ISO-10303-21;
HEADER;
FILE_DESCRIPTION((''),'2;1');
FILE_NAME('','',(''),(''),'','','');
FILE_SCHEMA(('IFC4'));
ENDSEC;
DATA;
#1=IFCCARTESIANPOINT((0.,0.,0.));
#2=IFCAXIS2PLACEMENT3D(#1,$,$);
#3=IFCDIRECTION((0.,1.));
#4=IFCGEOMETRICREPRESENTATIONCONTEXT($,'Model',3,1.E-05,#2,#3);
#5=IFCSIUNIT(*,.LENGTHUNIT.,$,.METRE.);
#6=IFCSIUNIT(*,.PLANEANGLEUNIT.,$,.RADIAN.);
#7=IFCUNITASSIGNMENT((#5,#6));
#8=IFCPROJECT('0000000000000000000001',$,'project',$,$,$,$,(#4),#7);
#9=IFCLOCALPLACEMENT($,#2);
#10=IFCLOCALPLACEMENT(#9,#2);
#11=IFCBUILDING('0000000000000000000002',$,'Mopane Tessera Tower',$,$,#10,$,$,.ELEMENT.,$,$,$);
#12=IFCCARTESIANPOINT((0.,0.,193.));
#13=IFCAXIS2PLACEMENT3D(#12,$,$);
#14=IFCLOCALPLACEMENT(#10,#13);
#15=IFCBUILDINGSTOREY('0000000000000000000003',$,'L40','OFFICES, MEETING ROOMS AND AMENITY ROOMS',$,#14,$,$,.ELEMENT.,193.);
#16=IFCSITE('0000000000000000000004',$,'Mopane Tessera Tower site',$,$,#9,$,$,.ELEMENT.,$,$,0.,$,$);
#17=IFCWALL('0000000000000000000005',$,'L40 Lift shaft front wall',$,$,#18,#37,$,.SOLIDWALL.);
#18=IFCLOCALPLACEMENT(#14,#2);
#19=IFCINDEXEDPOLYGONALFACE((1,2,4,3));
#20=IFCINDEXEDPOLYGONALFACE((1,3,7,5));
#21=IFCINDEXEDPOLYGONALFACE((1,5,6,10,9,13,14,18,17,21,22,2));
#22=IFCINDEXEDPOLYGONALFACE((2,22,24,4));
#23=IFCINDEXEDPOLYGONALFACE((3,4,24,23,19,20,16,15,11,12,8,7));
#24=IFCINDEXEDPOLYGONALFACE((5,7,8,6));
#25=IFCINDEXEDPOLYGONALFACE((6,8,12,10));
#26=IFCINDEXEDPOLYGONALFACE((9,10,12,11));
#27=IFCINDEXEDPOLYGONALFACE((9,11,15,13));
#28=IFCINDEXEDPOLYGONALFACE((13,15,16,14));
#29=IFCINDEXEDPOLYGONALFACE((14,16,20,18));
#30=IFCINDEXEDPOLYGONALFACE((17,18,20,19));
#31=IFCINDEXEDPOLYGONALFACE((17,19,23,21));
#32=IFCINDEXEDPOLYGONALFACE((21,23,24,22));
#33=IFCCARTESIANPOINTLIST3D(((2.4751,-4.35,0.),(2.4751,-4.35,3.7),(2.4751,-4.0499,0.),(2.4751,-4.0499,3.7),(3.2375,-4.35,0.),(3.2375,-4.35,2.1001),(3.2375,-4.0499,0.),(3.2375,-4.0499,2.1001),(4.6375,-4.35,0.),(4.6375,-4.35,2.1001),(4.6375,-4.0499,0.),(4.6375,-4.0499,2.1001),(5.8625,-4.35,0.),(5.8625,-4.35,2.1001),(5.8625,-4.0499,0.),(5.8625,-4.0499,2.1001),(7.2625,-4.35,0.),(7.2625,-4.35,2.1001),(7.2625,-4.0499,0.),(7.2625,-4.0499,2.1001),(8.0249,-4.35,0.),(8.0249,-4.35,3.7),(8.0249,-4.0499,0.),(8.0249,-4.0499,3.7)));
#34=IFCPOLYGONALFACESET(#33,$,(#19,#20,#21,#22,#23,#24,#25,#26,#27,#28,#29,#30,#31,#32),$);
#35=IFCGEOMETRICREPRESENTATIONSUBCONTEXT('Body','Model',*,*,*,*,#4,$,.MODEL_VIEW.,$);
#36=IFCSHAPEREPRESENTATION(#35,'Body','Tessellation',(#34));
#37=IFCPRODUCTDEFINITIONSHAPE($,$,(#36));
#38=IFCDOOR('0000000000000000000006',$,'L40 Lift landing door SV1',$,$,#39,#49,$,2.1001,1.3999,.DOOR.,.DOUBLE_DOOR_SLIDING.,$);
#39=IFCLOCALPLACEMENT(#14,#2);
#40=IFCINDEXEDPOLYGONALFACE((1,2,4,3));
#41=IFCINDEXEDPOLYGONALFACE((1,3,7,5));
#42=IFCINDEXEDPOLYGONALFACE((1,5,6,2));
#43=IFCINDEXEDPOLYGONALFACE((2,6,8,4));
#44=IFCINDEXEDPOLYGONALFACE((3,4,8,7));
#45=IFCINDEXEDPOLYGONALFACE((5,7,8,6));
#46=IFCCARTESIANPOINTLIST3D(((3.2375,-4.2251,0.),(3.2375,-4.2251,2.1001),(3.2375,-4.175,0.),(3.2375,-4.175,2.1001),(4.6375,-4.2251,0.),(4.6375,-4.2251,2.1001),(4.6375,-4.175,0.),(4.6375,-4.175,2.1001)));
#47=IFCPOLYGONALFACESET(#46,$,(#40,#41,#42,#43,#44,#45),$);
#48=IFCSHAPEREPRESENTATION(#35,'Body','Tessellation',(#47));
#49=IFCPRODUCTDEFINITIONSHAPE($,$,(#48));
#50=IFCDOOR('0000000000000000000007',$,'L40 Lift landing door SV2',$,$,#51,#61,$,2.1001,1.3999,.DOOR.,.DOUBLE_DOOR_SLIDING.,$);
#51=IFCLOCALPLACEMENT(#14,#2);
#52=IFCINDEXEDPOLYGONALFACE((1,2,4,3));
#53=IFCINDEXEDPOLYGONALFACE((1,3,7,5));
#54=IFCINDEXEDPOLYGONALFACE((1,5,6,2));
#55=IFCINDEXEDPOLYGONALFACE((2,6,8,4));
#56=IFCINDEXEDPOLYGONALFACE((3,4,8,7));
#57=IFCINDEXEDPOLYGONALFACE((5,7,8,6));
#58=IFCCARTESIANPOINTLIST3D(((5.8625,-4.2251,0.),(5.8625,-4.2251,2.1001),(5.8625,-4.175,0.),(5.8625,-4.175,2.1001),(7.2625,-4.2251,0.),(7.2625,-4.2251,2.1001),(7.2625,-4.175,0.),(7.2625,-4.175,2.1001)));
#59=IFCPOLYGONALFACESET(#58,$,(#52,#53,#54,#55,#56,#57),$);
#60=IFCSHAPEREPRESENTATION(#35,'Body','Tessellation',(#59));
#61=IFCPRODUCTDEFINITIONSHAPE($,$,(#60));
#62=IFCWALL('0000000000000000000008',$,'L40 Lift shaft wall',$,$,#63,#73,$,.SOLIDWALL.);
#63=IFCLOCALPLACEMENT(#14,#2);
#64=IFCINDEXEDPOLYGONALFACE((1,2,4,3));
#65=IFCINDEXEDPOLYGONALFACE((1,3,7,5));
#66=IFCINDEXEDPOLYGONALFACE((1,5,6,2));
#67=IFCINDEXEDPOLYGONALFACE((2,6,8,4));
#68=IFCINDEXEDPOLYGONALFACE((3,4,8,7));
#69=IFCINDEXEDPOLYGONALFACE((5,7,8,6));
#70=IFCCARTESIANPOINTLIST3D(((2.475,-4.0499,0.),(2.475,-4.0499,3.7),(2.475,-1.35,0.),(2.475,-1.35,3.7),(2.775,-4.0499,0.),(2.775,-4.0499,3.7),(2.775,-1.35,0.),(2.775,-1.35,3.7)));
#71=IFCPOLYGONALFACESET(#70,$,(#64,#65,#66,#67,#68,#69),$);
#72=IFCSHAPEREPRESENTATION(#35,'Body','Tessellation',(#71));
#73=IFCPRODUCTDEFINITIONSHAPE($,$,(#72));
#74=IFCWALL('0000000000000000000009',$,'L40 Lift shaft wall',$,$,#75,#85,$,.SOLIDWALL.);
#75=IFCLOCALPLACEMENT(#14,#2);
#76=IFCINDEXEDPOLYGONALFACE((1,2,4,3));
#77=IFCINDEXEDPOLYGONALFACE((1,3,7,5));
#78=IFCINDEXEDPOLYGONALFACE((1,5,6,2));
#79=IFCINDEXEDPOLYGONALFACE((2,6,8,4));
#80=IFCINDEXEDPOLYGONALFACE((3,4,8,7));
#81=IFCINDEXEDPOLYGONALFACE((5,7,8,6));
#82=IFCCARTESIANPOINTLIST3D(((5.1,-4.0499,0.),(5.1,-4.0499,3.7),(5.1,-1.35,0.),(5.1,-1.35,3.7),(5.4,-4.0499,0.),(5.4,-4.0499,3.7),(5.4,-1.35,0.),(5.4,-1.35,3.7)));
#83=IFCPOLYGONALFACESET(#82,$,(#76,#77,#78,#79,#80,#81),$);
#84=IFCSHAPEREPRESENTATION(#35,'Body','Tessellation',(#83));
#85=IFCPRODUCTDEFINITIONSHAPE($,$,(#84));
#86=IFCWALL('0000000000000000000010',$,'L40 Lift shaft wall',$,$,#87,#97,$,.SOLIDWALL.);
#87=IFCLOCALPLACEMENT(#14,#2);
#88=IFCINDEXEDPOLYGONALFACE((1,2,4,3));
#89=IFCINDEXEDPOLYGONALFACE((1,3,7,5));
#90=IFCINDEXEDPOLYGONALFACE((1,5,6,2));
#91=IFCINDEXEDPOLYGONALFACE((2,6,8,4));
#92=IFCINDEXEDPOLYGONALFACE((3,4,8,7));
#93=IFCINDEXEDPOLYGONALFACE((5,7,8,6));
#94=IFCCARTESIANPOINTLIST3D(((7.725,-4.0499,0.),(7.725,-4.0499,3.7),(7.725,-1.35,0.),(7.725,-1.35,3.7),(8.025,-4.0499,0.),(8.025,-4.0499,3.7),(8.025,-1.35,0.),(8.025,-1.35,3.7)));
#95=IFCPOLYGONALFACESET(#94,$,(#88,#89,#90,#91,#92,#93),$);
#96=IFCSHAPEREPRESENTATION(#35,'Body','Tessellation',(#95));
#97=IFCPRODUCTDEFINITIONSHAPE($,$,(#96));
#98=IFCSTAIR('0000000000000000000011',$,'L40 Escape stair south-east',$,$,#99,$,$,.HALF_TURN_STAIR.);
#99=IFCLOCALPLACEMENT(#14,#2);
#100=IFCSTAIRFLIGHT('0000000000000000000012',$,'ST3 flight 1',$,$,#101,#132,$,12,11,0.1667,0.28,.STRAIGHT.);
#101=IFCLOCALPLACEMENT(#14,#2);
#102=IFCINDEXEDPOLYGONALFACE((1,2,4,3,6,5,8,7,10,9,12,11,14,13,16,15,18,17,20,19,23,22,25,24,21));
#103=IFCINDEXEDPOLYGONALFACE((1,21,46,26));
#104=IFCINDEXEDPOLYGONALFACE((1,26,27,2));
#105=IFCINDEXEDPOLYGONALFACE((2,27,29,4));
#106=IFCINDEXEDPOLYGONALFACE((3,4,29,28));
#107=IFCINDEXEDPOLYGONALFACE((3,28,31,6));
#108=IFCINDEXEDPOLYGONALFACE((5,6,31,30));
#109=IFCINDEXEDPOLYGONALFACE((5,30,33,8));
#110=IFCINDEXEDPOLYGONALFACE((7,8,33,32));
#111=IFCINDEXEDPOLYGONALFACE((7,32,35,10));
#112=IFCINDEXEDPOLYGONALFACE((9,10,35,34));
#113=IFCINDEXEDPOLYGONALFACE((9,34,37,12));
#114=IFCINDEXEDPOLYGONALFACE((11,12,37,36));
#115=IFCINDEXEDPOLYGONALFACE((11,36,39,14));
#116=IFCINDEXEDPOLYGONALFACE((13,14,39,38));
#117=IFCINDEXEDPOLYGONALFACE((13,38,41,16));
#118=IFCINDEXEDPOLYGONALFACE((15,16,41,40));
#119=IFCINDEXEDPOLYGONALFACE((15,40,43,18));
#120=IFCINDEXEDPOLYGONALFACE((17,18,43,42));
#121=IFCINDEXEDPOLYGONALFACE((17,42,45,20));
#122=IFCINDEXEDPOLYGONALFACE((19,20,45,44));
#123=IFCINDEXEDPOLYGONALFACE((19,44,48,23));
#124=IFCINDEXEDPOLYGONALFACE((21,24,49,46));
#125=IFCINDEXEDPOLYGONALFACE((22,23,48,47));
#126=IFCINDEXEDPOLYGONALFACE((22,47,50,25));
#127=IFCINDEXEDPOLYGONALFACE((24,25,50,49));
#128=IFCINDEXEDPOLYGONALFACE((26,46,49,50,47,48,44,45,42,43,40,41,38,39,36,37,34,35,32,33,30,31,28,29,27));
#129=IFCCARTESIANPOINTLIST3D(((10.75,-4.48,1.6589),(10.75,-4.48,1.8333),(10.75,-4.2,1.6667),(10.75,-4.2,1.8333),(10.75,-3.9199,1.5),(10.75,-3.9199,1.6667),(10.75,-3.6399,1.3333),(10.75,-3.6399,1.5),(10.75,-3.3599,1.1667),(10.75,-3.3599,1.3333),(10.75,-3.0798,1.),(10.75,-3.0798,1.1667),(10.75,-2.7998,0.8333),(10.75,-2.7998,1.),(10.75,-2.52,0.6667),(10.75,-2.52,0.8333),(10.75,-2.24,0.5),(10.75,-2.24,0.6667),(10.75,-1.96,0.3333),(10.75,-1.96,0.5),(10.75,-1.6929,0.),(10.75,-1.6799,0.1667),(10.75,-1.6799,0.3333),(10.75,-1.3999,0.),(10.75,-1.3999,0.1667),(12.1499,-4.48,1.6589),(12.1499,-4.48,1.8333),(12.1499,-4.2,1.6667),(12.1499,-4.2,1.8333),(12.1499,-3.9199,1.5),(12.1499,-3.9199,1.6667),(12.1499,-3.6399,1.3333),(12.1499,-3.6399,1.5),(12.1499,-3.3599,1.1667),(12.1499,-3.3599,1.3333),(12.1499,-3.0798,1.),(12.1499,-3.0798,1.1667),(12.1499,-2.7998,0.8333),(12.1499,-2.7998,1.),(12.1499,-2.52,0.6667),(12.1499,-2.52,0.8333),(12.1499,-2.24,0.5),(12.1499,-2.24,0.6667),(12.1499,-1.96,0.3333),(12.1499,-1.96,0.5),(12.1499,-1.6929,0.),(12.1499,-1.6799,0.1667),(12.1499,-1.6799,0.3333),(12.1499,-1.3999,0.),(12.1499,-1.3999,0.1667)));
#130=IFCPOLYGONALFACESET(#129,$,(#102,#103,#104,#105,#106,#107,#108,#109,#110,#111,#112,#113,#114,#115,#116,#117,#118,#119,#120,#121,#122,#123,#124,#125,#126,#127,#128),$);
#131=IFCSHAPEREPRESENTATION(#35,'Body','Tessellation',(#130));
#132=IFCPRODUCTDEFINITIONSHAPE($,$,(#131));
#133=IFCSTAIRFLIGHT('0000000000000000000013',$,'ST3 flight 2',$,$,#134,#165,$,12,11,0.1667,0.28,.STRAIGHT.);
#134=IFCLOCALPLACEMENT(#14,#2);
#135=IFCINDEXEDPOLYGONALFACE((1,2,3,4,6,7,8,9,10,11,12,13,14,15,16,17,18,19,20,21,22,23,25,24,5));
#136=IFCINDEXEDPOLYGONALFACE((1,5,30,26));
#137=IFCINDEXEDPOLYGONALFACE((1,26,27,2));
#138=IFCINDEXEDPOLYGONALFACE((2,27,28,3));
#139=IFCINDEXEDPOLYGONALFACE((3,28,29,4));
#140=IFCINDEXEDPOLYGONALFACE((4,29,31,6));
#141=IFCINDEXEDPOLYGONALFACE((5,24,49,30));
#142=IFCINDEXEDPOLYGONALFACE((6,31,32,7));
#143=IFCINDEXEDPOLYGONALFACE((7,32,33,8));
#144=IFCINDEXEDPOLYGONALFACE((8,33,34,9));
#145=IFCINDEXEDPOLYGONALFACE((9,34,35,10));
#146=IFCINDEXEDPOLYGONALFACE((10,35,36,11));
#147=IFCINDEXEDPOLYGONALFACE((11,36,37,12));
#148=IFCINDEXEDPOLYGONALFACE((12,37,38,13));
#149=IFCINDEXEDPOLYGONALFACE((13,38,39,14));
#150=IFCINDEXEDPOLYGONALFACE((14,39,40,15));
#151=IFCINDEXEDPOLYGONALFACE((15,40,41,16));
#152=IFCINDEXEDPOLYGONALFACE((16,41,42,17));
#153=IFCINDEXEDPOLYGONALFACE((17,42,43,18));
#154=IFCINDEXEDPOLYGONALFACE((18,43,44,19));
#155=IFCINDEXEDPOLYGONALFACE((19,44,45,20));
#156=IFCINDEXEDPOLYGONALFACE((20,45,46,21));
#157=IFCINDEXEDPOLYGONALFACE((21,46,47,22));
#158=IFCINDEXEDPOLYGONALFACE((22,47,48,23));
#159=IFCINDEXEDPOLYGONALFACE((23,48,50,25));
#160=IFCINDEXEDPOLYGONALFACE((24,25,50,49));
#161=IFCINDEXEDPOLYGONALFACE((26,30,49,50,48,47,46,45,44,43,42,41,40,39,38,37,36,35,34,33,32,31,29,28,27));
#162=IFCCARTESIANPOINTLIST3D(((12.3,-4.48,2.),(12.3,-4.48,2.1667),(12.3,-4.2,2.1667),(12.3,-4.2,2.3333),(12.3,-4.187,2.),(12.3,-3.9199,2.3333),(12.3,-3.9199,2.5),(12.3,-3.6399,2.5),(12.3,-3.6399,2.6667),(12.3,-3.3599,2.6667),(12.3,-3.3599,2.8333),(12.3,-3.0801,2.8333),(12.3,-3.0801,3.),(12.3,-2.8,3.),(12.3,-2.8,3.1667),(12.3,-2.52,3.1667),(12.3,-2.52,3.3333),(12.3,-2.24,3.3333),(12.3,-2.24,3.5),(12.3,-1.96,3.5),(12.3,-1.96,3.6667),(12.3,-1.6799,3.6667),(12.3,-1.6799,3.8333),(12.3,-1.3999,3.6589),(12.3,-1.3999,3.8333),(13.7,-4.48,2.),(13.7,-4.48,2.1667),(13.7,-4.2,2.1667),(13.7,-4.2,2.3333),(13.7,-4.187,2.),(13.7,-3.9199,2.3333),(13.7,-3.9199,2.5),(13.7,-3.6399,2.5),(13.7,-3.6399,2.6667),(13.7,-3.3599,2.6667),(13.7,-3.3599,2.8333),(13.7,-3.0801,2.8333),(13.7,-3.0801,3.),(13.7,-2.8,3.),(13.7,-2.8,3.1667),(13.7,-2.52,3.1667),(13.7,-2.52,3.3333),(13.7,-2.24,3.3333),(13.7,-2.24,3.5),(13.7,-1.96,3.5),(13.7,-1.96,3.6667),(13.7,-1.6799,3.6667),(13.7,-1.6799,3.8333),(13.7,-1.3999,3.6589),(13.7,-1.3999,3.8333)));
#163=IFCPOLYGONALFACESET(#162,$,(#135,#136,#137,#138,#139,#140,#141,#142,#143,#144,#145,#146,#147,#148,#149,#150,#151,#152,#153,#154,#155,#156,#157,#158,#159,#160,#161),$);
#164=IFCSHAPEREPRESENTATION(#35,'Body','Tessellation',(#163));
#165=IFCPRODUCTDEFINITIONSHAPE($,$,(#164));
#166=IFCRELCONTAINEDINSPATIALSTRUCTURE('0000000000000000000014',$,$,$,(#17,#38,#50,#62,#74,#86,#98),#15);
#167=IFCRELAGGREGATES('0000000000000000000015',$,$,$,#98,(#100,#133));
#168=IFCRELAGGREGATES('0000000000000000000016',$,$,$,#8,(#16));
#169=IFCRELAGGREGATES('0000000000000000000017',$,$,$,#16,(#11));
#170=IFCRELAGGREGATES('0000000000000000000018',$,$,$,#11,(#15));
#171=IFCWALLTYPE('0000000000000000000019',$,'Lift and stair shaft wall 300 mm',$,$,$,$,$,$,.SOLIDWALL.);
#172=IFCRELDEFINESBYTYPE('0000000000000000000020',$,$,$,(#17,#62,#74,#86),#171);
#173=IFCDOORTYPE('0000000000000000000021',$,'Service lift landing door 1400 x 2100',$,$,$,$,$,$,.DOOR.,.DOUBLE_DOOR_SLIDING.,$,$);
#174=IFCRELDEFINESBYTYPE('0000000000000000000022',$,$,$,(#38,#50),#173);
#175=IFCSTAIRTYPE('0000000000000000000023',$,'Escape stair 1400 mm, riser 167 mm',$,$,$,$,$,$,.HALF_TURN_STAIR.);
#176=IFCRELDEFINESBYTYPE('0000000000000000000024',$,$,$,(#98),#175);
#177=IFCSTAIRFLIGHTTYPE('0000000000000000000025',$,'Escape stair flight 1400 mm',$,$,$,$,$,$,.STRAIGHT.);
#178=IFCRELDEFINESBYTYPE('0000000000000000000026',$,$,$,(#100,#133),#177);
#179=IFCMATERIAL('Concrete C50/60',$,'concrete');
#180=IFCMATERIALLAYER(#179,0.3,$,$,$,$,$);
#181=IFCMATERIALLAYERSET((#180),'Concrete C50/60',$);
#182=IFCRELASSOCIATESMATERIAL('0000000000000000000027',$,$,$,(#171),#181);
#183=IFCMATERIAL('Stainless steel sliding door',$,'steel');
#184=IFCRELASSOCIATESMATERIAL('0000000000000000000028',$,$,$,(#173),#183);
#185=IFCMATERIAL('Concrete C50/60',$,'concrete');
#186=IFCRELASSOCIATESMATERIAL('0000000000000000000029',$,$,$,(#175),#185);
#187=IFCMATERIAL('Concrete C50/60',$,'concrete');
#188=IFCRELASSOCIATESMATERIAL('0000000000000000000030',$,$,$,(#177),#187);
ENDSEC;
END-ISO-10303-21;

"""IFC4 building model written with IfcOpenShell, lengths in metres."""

from ifc_helpers import new_model, si_unit, direction, frame, frame_2d, origin, place, context, subcontext, project, spatial, polyline, rectangle, outline, extrude, material, layer, layer_set, type_object, element, fill, aggregate, save


model = new_model("IFC4")

# Units and contexts
model_context = context("Model", 3, precision=1e-05, world=origin(), true_north=direction((0.0, 1.0)))
body_context = subcontext(model_context, "Body", "Model", "MODEL_VIEW")
ifc_project = project(units=[si_unit("LENGTHUNIT", "METRE"), si_unit("PLANEANGLEUNIT", "RADIAN")], contexts=[model_context])

# Site, building, storey
site_placement = place(None, origin())
site = spatial("IfcSite", under=ifc_project, at=site_placement, Name="Mopane Tessera Tower site", CompositionType="ELEMENT", RefElevation=0.0)
building_placement = place(site_placement, origin())
building = spatial("IfcBuilding", under=site, at=building_placement, Name="Mopane Tessera Tower", CompositionType="ELEMENT")
storey_placement = place(building_placement, frame((0.0, 0.0, 193.0)))
storey = spatial("IfcBuildingStorey", under=building, at=storey_placement, Name="L40", Description="OFFICES, MEETING ROOMS AND AMENITY ROOMS", CompositionType="ELEMENT", Elevation=193.0)

# Shared definitions
ifc_material_1 = material(Name="Concrete C50/60", Category="concrete")
ifc_layer_1 = layer(ifc_material_1, 0.3)
ifc_layer_set_1 = layer_set([ifc_layer_1], Name="Concrete C50/60")
wall_type_1 = type_object("IfcWallType", Name="Lift and stair shaft wall 300 mm", PredefinedType="SOLIDWALL", material=ifc_layer_set_1)

# Wall, openings, doors
wall_1_placement = place(storey_placement, frame((2.4751, -4.2, 0.0), z_axis=(0.0, 0.0, 1.0), x_axis=(1.0, 0.0, 0.0)))
wall_1 = element("IfcWall", 1, at=wall_1_placement, inside=storey, type_object=wall_type_1, Name="L40 Lift shaft front wall", PredefinedType="SOLIDWALL", context=body_context, shape_type="SweptSolid", body=[
    extrude(rectangle(XDim=5.5498, YDim=0.3, at=frame_2d((2.7749, 0.0))), origin(), (0.0, 0.0, 1.0), 3.7),
])
opening_1_placement = place(wall_1_placement, frame((0.7625, 0.0, 0.0)))
opening_1 = element("IfcOpeningElement", 2, at=opening_1_placement, cuts=wall_1, PredefinedType="OPENING", context=body_context, shape_type="SweptSolid", body=[
    extrude(rectangle(XDim=1.3999, YDim=2.1001, at=frame_2d((0.7, 1.05))), frame((0.0, 0.1621, 0.0), z_axis=(0.0, -1.0, 0.0), x_axis=(1.0, 0.0, 0.0)), (0.0, 0.0, 1.0), 0.324),
])
opening_2_placement = place(wall_1_placement, frame((3.3875, 0.0, 0.0)))
opening_2 = element("IfcOpeningElement", 3, at=opening_2_placement, cuts=wall_1, PredefinedType="OPENING", context=body_context, shape_type="SweptSolid", body=[
    extrude(rectangle(XDim=1.3999, YDim=2.1001, at=frame_2d((0.7, 1.05))), frame((0.0, 0.1621, 0.0), z_axis=(0.0, -1.0, 0.0), x_axis=(1.0, 0.0, 0.0)), (0.0, 0.0, 1.0), 0.324),
])
ifc_material_2 = material(Name="Stainless steel sliding door", Category="steel")
door_type = type_object("IfcDoorType", Name="Service lift landing door 1400 x 2100", OperationType="DOUBLE_DOOR_SLIDING", PredefinedType="DOOR", material=ifc_material_2)
door_1_placement = place(opening_1_placement, origin())
door_1 = element("IfcDoor", 4, at=door_1_placement, inside=storey, type_object=door_type, Name="L40 Lift landing door SV1", OperationType="DOUBLE_DOOR_SLIDING", OverallHeight=2.1001, OverallWidth=1.3999, PredefinedType="DOOR", context=body_context, shape_type="SweptSolid", body=[
    extrude(rectangle(XDim=1.3999, YDim=2.1001, at=frame_2d((0.7, 1.05))), frame((0.0, 0.0249, 0.0), z_axis=(0.0, -1.0, 0.0), x_axis=(1.0, 0.0, 0.0)), (0.0, 0.0, 1.0), 0.05),
])
fill(opening_1, door_1)
door_2_placement = place(opening_2_placement, origin())
door_2 = element("IfcDoor", 5, at=door_2_placement, inside=storey, type_object=door_type, Name="L40 Lift landing door SV2", OperationType="DOUBLE_DOOR_SLIDING", OverallHeight=2.1001, OverallWidth=1.3999, PredefinedType="DOOR", context=body_context, shape_type="SweptSolid", body=[
    extrude(rectangle(XDim=1.3999, YDim=2.1001, at=frame_2d((0.7, 1.05))), frame((0.0, 0.0249, 0.0), z_axis=(0.0, -1.0, 0.0), x_axis=(1.0, 0.0, 0.0)), (0.0, 0.0, 1.0), 0.05),
])
fill(opening_2, door_2)

# Walls
for number, where, z_axis, x_axis, name in (
    (6, (2.625, -4.05, 0.0), (0.0, 0.0, 1.0), (0.0, 1.0, 0.0), "L40 Lift shaft wall"),
    (7, (5.25, -4.05, 0.0), (0.0, 0.0, 1.0), (0.0, 1.0, 0.0), "L40 Lift shaft wall"),
    (8, (7.875, -4.05, 0.0), (0.0, 0.0, 1.0), (0.0, 1.0, 0.0), "L40 Lift shaft wall"),
):
    element("IfcWall", number, at=place(storey_placement, frame(where, z_axis=z_axis, x_axis=x_axis)), inside=storey, type_object=wall_type_1, Name=name, PredefinedType="SOLIDWALL", context=body_context, shape_type="SweptSolid", body=[
        extrude(rectangle(XDim=2.7, YDim=0.3, at=frame_2d((1.3501, 0.0))), origin(), (0.0, 0.0, 1.0), 3.7),
    ])

# Stair, stair flights
ifc_material_3 = material(Name="Concrete C50/60", Category="concrete")
stair_type = type_object("IfcStairType", Name="Escape stair 1400 mm, riser 167 mm", PredefinedType="HALF_TURN_STAIR", material=ifc_material_3)
stair_placement = place(storey_placement, origin())
stair = element("IfcStair", 9, at=stair_placement, inside=storey, type_object=stair_type, Name="L40 Escape stair south-east", PredefinedType="HALF_TURN_STAIR")
ifc_material_4 = material(Name="Concrete C50/60", Category="concrete")
stair_flight_type = type_object("IfcStairFlightType", Name="Escape stair flight 1400 mm", PredefinedType="STRAIGHT", material=ifc_material_4)
stair_flight_1_placement = place(storey_placement, frame((11.45, -1.3999, 0.0), z_axis=(0.0, 0.0, 1.0), x_axis=(0.0, -1.0, 0.0)))
stair_flight_1 = element("IfcStairFlight", 10, at=stair_flight_1_placement, type_object=stair_flight_type, Name="ST3 flight 1", NumberOfRisers=12, NumberOfTreads=11, PredefinedType="STRAIGHT", RiserHeight=0.1667, TreadLength=0.28, context=body_context, shape_type="SweptSolid", body=[
    extrude(outline(polyline([(0.0, 0.0), (0.0, 0.1667), (0.28, 0.1667), (0.28, 0.3333), (0.5601, 0.3333), (0.5601, 0.5), (0.8401, 0.5), (0.8401, 0.6667), (1.1201, 0.6667), (1.1201, 0.8333), (1.3999, 0.8333), (1.3999, 1.0), (1.6799, 1.0), (1.6799, 1.1667), (1.96, 1.1667), (1.96, 1.3333), (2.24, 1.3333), (2.24, 1.5), (2.52, 1.5), (2.52, 1.6667), (2.8, 1.6667), (2.8, 1.8333), (3.0801, 1.8333), (3.0801, 2.0), (3.0801, 1.6589), (0.293, 0.0), (0.0, 0.0)])), frame((0.0, 0.7, 0.0), z_axis=(0.0, -1.0, 0.0), x_axis=(1.0, 0.0, 0.0)), (0.0, 0.0, 1.0), 1.3999),
])
stair_flight_2_placement = place(storey_placement, frame((13.0, -4.48, 2.0), z_axis=(0.0, 0.0, 1.0), x_axis=(0.0, 1.0, 0.0)))
stair_flight_2 = element("IfcStairFlight", 11, at=stair_flight_2_placement, type_object=stair_flight_type, Name="ST3 flight 2", NumberOfRisers=12, NumberOfTreads=11, PredefinedType="STRAIGHT", RiserHeight=0.1667, TreadLength=0.28, context=body_context, shape_type="SweptSolid", body=[
    extrude(outline(polyline([(0.0, 0.0), (0.0, 0.1667), (0.28, 0.1667), (0.28, 0.3333), (0.5601, 0.3333), (0.5601, 0.5), (0.8401, 0.5), (0.8401, 0.6667), (1.1201, 0.6667), (1.1201, 0.8333), (1.3999, 0.8333), (1.3999, 1.0), (1.6799, 1.0), (1.6799, 1.1667), (1.96, 1.1667), (1.96, 1.3333), (2.24, 1.3333), (2.24, 1.5), (2.52, 1.5), (2.52, 1.6667), (2.8, 1.6667), (2.8, 1.8333), (3.0801, 1.8333), (3.0801, 2.0), (3.0801, 1.6589), (0.293, 0.0), (0.0, 0.0)])), frame((0.0, 0.7, 0.0), z_axis=(0.0, -1.0, 0.0), x_axis=(1.0, 0.0, 0.0)), (0.0, 0.0, 1.0), 1.3999),
])
aggregate(stair, [stair_flight_1, stair_flight_2])

save(model, "model.ifc")
